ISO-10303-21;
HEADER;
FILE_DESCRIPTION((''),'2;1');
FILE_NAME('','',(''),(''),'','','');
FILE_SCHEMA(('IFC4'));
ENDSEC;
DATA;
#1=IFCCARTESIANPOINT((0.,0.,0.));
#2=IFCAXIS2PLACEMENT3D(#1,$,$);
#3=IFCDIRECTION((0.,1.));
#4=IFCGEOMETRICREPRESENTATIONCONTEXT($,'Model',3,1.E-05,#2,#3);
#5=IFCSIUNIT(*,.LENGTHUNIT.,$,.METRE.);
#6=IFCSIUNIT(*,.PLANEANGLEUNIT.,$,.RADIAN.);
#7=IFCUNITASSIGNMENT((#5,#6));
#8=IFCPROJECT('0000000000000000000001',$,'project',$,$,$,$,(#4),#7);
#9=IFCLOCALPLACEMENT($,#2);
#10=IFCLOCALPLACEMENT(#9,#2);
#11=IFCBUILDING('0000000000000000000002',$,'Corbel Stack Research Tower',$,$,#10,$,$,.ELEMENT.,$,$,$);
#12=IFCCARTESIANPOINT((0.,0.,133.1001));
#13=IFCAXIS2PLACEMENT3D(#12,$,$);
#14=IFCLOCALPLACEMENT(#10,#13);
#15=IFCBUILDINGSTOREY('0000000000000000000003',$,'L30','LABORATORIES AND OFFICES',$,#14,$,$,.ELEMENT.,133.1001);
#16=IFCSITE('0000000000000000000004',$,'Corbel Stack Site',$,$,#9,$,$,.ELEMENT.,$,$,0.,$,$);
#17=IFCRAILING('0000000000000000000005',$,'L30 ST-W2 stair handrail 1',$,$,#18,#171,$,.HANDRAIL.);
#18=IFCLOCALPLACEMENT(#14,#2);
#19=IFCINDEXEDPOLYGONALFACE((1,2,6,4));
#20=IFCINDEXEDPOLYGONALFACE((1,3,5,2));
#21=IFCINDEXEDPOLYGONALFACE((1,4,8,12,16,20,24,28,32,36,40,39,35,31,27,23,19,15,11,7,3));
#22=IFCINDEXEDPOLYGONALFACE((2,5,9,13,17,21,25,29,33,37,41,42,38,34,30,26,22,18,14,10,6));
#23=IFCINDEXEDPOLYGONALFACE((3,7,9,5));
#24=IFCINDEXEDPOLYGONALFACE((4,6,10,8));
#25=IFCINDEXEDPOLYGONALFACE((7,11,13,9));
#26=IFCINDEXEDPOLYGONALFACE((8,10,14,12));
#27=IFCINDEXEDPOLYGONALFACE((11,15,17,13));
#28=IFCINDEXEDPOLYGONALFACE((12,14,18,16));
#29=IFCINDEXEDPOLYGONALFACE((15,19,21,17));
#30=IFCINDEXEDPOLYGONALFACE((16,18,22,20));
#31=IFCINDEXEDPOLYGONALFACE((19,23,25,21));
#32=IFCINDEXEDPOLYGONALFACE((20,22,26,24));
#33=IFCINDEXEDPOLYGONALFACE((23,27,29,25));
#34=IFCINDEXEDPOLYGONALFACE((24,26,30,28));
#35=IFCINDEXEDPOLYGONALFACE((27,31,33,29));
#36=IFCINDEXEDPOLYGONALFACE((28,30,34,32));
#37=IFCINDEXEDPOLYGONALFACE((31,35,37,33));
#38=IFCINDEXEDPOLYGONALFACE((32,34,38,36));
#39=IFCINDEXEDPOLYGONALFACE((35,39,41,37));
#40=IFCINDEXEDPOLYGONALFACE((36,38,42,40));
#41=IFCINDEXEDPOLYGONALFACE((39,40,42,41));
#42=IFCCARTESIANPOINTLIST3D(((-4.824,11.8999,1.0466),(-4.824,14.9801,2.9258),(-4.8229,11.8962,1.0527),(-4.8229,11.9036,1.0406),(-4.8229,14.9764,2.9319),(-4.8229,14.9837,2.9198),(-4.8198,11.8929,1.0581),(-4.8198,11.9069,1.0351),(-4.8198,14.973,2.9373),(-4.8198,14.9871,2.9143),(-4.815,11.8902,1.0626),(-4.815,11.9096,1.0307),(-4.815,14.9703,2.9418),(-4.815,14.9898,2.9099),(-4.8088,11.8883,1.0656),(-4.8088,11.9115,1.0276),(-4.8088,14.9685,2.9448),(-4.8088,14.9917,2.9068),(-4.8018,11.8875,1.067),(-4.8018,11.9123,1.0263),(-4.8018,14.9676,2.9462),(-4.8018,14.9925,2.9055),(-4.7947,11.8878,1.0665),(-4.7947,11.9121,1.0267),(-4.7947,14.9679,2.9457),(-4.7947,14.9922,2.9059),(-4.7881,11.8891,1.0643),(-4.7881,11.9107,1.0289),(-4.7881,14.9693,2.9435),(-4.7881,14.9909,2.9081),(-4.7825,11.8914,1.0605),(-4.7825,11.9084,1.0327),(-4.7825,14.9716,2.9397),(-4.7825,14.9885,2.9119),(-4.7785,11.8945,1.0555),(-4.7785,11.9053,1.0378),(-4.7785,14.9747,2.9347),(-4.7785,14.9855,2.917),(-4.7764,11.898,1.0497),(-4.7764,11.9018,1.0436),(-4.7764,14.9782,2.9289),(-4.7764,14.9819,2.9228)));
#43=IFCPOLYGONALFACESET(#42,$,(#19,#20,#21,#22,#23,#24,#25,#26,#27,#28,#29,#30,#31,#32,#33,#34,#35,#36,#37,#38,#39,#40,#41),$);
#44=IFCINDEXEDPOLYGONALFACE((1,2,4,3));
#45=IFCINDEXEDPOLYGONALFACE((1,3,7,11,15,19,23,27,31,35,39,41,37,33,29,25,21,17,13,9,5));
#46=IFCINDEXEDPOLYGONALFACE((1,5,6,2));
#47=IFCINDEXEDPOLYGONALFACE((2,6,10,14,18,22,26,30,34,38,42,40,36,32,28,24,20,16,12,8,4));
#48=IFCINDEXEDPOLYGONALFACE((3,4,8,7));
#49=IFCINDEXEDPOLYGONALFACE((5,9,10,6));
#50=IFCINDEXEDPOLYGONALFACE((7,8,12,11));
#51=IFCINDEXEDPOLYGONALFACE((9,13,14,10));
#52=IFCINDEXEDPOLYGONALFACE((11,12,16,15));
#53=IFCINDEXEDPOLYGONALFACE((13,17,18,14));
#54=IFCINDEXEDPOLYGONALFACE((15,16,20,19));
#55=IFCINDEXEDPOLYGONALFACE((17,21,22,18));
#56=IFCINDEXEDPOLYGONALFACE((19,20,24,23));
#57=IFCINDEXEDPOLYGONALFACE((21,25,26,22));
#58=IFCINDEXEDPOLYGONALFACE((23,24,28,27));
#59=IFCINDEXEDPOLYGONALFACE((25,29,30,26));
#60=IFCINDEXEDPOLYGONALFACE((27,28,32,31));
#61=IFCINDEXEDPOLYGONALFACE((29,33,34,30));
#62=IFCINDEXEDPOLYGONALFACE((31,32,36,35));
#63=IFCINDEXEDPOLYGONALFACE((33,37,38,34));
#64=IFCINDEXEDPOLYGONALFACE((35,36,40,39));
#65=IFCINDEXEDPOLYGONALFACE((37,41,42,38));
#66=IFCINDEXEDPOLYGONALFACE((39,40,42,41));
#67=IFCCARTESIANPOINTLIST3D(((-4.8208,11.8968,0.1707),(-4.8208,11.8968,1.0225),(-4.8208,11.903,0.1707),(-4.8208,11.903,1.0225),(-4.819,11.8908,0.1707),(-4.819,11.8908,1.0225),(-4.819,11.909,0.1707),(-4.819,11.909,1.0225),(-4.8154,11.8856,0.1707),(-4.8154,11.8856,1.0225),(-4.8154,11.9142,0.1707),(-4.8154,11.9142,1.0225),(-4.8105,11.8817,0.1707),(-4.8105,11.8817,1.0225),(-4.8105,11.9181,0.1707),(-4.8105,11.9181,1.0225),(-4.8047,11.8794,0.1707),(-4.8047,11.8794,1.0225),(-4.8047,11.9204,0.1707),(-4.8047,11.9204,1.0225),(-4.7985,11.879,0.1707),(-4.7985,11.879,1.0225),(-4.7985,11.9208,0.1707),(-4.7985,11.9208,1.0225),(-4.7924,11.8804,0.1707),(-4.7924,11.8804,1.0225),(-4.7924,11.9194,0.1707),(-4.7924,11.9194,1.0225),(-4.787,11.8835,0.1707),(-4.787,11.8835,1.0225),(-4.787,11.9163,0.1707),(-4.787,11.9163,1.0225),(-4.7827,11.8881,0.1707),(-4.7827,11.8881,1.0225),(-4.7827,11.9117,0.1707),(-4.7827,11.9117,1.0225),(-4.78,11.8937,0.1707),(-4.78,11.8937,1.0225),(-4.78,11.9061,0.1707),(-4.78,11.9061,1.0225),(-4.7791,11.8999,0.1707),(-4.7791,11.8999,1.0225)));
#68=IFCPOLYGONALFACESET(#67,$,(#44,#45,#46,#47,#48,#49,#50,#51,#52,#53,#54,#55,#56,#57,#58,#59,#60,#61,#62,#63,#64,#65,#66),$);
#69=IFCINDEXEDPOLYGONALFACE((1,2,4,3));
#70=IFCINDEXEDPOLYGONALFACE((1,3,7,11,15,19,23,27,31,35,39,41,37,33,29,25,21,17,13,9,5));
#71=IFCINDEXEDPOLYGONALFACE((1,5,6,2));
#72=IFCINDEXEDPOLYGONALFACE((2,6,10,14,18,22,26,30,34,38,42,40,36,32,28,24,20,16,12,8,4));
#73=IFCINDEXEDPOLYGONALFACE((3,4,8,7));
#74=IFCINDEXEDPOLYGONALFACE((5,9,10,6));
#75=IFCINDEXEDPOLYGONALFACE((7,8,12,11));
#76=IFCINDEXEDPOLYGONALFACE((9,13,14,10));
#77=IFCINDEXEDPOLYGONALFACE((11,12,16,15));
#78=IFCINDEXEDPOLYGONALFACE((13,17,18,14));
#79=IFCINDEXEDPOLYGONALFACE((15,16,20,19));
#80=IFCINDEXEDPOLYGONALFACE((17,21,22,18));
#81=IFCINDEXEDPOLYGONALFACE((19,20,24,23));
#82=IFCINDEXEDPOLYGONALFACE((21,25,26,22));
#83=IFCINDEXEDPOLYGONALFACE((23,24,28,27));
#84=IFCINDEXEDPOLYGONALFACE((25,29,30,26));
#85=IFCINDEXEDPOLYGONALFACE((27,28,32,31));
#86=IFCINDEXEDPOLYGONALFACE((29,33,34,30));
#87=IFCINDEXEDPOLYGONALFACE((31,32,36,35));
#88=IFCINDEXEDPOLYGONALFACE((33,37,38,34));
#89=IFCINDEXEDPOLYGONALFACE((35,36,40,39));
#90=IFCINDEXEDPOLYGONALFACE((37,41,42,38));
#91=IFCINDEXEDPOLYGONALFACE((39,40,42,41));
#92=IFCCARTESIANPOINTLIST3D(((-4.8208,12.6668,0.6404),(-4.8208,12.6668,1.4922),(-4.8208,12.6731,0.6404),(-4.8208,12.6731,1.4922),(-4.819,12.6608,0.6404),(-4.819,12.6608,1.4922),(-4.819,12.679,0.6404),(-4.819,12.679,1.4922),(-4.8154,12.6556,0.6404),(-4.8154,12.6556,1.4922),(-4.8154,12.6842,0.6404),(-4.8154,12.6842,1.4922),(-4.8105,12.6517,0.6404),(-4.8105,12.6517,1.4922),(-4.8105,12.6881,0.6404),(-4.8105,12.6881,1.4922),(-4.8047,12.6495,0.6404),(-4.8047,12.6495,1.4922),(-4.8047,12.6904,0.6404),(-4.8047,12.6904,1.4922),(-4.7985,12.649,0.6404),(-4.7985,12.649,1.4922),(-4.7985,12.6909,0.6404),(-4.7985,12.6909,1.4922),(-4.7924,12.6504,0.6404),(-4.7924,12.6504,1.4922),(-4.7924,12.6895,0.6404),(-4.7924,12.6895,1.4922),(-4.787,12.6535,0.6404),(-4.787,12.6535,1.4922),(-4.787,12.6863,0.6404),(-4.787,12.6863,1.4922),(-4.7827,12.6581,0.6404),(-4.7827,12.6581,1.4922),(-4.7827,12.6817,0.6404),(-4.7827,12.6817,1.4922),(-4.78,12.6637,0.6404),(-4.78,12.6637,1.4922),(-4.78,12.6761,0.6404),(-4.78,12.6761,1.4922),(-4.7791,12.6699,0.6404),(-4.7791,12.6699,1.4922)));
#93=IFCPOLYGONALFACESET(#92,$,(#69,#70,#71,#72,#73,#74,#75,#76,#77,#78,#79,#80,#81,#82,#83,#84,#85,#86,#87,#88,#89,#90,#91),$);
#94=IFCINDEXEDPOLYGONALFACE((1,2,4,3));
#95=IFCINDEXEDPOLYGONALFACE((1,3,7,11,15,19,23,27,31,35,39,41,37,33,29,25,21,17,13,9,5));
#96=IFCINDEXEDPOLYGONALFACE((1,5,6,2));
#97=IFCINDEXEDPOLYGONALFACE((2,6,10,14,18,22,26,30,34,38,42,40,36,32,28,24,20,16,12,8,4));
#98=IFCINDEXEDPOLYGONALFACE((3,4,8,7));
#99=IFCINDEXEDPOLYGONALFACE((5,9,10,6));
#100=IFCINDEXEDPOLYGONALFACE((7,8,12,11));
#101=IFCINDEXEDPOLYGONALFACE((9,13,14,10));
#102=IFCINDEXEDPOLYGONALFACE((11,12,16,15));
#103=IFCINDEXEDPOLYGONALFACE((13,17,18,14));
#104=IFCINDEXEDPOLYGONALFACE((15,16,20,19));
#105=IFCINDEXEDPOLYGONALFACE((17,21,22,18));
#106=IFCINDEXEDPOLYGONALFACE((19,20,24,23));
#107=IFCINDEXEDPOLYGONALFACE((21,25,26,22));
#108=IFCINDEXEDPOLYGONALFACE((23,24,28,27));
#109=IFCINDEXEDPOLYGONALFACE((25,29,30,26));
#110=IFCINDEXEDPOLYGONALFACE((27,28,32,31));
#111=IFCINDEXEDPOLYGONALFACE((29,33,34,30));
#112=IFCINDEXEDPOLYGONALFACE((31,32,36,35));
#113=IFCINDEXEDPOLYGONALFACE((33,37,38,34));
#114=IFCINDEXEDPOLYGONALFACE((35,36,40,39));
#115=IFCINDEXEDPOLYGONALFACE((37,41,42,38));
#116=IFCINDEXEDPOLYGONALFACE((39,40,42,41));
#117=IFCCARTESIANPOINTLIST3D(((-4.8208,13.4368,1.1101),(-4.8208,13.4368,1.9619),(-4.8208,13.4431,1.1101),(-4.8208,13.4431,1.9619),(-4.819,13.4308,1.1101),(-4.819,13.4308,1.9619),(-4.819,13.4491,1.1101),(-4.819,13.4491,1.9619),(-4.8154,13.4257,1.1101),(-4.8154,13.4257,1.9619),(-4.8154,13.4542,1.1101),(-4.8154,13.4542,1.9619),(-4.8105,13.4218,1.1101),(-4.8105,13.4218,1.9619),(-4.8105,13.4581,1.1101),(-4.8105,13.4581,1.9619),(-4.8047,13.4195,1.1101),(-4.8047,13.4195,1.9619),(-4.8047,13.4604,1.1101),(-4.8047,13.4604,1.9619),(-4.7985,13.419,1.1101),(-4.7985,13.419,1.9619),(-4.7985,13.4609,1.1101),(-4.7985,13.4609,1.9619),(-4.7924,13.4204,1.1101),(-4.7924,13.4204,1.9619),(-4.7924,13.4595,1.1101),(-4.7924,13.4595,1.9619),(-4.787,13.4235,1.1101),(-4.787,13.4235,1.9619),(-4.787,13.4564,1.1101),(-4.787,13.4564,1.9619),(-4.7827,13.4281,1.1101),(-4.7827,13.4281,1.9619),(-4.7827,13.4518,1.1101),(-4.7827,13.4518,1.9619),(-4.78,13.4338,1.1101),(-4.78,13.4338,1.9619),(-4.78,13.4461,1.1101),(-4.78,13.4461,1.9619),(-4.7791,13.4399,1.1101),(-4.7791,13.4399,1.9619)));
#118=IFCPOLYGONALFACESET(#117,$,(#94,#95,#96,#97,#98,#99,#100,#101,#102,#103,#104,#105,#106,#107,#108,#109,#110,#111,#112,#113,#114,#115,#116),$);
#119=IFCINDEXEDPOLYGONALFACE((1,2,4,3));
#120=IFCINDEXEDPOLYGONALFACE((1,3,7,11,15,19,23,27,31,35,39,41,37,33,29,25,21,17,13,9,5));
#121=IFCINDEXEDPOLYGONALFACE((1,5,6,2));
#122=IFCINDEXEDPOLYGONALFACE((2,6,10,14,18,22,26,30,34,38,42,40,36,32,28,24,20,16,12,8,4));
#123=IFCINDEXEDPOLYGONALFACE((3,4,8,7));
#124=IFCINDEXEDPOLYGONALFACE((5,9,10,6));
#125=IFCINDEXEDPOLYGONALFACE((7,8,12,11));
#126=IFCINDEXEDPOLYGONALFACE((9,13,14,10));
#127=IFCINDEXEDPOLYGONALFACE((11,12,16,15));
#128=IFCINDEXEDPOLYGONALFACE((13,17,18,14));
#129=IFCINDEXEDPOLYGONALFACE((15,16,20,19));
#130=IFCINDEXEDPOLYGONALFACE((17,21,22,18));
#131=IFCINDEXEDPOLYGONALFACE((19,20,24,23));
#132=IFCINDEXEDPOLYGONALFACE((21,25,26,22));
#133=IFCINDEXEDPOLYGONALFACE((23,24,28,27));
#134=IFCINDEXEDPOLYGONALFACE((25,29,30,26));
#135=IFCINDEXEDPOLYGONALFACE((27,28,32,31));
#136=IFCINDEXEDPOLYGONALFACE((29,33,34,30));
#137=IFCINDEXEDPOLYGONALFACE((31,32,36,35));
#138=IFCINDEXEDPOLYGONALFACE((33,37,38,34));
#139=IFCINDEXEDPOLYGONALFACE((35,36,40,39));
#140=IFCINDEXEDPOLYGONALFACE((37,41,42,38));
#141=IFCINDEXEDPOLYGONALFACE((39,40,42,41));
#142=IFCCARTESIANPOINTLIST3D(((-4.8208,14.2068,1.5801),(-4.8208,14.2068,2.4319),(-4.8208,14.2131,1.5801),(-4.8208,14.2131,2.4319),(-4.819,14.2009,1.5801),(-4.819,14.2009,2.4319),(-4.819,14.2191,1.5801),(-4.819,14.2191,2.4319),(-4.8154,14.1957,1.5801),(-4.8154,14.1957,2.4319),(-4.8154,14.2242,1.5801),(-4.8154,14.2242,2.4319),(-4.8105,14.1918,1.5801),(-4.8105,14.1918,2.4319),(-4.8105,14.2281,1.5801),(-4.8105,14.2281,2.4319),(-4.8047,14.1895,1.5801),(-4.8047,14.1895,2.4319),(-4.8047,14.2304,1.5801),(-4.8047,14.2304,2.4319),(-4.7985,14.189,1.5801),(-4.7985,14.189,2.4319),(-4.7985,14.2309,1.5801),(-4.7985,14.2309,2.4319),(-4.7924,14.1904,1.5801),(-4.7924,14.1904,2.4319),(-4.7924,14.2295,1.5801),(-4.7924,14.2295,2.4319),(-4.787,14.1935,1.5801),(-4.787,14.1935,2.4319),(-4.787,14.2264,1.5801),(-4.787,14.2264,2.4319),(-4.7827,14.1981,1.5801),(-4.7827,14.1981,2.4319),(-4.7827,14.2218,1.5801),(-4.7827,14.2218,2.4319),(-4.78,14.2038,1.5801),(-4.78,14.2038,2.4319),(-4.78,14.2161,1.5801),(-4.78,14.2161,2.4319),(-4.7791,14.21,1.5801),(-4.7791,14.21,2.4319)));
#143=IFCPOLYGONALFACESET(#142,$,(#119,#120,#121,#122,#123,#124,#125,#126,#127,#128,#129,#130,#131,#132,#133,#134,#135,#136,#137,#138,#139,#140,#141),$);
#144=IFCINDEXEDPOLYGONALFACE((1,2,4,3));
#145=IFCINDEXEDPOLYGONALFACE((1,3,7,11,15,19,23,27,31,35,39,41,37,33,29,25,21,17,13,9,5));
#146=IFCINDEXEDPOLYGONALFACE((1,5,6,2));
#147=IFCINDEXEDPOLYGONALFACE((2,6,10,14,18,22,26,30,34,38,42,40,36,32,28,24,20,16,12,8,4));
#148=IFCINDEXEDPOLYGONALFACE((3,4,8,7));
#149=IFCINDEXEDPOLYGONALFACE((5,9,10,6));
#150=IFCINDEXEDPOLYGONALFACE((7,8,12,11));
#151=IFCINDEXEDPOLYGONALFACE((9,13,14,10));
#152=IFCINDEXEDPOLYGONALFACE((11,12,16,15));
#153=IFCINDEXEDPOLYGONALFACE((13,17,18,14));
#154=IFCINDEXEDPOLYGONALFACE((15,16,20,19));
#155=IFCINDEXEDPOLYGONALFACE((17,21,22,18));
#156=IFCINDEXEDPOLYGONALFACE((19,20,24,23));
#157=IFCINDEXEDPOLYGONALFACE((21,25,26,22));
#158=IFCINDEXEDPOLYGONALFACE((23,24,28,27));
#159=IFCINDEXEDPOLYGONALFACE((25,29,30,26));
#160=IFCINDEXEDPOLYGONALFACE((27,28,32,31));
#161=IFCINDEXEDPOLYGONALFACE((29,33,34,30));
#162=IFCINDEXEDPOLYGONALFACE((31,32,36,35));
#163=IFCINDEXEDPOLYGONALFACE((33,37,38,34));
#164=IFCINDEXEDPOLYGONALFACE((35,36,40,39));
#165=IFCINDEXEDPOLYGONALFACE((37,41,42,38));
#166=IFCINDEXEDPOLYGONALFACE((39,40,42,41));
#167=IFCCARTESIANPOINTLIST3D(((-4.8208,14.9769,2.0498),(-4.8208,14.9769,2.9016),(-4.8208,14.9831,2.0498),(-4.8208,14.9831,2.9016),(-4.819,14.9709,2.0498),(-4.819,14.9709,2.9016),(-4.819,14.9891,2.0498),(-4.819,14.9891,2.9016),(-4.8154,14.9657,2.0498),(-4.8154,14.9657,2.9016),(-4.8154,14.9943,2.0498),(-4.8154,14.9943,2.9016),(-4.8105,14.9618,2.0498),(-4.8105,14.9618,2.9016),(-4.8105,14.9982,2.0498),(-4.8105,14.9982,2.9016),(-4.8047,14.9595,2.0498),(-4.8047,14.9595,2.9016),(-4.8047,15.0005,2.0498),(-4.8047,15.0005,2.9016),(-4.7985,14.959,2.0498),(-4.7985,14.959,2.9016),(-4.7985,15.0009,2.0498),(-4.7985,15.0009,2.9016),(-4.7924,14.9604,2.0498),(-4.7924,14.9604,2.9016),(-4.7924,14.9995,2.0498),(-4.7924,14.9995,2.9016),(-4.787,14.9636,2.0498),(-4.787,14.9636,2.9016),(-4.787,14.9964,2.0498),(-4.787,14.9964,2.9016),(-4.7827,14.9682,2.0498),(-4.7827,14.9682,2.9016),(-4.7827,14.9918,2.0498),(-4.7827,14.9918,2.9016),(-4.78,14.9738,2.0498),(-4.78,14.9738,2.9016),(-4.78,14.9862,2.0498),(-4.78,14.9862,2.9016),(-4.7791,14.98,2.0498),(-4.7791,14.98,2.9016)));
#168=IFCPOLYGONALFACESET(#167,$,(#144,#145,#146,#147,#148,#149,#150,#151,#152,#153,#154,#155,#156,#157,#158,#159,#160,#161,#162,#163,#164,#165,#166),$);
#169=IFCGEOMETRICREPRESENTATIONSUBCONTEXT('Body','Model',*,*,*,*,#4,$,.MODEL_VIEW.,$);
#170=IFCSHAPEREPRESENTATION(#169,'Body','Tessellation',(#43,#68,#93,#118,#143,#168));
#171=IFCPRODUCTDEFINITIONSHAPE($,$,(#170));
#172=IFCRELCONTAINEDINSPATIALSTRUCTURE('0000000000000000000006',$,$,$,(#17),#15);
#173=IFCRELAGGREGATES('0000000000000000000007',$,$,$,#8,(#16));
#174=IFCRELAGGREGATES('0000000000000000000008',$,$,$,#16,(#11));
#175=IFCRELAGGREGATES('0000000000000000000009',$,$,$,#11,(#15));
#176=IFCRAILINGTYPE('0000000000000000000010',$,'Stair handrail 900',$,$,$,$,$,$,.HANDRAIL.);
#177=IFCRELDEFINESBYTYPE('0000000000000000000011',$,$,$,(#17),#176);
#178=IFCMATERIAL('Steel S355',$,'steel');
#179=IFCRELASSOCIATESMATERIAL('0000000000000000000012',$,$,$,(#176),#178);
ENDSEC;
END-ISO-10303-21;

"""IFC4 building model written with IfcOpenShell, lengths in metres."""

from ifc_helpers import new_model, si_unit, direction, frame, origin, origin_2d, place, context, subcontext, project, spatial, circle, extrude, material, type_object, element, save


model = new_model("IFC4")

# Units and contexts
model_context = context("Model", 3, precision=1e-05, world=origin(), true_north=direction((0.0, 1.0)))
body_context = subcontext(model_context, "Body", "Model", "MODEL_VIEW")
ifc_project = project(units=[si_unit("LENGTHUNIT", "METRE"), si_unit("PLANEANGLEUNIT", "RADIAN")], contexts=[model_context])

# Site, building, storey
site_placement = place(None, origin())
site = spatial("IfcSite", under=ifc_project, at=site_placement, Name="Corbel Stack Site", CompositionType="ELEMENT", RefElevation=0.0)
building_placement = place(site_placement, origin())
building = spatial("IfcBuilding", under=site, at=building_placement, Name="Corbel Stack Research Tower", CompositionType="ELEMENT")
storey_placement = place(building_placement, frame((0.0, 0.0, 133.1001)))
storey = spatial("IfcBuildingStorey", under=building, at=storey_placement, Name="L30", Description="LABORATORIES AND OFFICES", CompositionType="ELEMENT", Elevation=133.1001)

# Railing
ifc_material_1 = material(Name="Steel S355", Category="steel")
railing_type_1 = type_object("IfcRailingType", Name="Stair handrail 900", PredefinedType="HANDRAIL", material=ifc_material_1)
railing_1_placement = place(storey_placement, frame((-4.8, 11.8999, 0.1707)))
element("IfcRailing", 1, at=railing_1_placement, inside=storey, type_object=railing_type_1, Name="L30 ST-W2 stair handrail 1", PredefinedType="HANDRAIL", context=body_context, shape_type="SweptSolid", body=[
    extrude(circle(Radius=0.0239, at=origin_2d()), frame((0.0, 0.0, 0.876), z_axis=(0.0, 0.853666, 0.52082), x_axis=(-1.0, 0.0, 0.0)), (0.0, 0.0, 1.0), 3.6082),
    extrude(circle(Radius=0.021, at=origin_2d()), origin(), (0.0, 0.0, 1.0), 0.8518),
    extrude(circle(Radius=0.021, at=origin_2d()), frame((0.0, 0.77, 0.4697)), (0.0, 0.0, 1.0), 0.8518),
    extrude(circle(Radius=0.021, at=origin_2d()), frame((0.0, 1.54, 0.9395)), (0.0, 0.0, 1.0), 0.8518),
    extrude(circle(Radius=0.021, at=origin_2d()), frame((0.0, 2.3101, 1.4094)), (0.0, 0.0, 1.0), 0.8518),
    extrude(circle(Radius=0.021, at=origin_2d()), frame((0.0, 3.0801, 1.8792)), (0.0, 0.0, 1.0), 0.8518),
])

save(model, "model.ifc")
